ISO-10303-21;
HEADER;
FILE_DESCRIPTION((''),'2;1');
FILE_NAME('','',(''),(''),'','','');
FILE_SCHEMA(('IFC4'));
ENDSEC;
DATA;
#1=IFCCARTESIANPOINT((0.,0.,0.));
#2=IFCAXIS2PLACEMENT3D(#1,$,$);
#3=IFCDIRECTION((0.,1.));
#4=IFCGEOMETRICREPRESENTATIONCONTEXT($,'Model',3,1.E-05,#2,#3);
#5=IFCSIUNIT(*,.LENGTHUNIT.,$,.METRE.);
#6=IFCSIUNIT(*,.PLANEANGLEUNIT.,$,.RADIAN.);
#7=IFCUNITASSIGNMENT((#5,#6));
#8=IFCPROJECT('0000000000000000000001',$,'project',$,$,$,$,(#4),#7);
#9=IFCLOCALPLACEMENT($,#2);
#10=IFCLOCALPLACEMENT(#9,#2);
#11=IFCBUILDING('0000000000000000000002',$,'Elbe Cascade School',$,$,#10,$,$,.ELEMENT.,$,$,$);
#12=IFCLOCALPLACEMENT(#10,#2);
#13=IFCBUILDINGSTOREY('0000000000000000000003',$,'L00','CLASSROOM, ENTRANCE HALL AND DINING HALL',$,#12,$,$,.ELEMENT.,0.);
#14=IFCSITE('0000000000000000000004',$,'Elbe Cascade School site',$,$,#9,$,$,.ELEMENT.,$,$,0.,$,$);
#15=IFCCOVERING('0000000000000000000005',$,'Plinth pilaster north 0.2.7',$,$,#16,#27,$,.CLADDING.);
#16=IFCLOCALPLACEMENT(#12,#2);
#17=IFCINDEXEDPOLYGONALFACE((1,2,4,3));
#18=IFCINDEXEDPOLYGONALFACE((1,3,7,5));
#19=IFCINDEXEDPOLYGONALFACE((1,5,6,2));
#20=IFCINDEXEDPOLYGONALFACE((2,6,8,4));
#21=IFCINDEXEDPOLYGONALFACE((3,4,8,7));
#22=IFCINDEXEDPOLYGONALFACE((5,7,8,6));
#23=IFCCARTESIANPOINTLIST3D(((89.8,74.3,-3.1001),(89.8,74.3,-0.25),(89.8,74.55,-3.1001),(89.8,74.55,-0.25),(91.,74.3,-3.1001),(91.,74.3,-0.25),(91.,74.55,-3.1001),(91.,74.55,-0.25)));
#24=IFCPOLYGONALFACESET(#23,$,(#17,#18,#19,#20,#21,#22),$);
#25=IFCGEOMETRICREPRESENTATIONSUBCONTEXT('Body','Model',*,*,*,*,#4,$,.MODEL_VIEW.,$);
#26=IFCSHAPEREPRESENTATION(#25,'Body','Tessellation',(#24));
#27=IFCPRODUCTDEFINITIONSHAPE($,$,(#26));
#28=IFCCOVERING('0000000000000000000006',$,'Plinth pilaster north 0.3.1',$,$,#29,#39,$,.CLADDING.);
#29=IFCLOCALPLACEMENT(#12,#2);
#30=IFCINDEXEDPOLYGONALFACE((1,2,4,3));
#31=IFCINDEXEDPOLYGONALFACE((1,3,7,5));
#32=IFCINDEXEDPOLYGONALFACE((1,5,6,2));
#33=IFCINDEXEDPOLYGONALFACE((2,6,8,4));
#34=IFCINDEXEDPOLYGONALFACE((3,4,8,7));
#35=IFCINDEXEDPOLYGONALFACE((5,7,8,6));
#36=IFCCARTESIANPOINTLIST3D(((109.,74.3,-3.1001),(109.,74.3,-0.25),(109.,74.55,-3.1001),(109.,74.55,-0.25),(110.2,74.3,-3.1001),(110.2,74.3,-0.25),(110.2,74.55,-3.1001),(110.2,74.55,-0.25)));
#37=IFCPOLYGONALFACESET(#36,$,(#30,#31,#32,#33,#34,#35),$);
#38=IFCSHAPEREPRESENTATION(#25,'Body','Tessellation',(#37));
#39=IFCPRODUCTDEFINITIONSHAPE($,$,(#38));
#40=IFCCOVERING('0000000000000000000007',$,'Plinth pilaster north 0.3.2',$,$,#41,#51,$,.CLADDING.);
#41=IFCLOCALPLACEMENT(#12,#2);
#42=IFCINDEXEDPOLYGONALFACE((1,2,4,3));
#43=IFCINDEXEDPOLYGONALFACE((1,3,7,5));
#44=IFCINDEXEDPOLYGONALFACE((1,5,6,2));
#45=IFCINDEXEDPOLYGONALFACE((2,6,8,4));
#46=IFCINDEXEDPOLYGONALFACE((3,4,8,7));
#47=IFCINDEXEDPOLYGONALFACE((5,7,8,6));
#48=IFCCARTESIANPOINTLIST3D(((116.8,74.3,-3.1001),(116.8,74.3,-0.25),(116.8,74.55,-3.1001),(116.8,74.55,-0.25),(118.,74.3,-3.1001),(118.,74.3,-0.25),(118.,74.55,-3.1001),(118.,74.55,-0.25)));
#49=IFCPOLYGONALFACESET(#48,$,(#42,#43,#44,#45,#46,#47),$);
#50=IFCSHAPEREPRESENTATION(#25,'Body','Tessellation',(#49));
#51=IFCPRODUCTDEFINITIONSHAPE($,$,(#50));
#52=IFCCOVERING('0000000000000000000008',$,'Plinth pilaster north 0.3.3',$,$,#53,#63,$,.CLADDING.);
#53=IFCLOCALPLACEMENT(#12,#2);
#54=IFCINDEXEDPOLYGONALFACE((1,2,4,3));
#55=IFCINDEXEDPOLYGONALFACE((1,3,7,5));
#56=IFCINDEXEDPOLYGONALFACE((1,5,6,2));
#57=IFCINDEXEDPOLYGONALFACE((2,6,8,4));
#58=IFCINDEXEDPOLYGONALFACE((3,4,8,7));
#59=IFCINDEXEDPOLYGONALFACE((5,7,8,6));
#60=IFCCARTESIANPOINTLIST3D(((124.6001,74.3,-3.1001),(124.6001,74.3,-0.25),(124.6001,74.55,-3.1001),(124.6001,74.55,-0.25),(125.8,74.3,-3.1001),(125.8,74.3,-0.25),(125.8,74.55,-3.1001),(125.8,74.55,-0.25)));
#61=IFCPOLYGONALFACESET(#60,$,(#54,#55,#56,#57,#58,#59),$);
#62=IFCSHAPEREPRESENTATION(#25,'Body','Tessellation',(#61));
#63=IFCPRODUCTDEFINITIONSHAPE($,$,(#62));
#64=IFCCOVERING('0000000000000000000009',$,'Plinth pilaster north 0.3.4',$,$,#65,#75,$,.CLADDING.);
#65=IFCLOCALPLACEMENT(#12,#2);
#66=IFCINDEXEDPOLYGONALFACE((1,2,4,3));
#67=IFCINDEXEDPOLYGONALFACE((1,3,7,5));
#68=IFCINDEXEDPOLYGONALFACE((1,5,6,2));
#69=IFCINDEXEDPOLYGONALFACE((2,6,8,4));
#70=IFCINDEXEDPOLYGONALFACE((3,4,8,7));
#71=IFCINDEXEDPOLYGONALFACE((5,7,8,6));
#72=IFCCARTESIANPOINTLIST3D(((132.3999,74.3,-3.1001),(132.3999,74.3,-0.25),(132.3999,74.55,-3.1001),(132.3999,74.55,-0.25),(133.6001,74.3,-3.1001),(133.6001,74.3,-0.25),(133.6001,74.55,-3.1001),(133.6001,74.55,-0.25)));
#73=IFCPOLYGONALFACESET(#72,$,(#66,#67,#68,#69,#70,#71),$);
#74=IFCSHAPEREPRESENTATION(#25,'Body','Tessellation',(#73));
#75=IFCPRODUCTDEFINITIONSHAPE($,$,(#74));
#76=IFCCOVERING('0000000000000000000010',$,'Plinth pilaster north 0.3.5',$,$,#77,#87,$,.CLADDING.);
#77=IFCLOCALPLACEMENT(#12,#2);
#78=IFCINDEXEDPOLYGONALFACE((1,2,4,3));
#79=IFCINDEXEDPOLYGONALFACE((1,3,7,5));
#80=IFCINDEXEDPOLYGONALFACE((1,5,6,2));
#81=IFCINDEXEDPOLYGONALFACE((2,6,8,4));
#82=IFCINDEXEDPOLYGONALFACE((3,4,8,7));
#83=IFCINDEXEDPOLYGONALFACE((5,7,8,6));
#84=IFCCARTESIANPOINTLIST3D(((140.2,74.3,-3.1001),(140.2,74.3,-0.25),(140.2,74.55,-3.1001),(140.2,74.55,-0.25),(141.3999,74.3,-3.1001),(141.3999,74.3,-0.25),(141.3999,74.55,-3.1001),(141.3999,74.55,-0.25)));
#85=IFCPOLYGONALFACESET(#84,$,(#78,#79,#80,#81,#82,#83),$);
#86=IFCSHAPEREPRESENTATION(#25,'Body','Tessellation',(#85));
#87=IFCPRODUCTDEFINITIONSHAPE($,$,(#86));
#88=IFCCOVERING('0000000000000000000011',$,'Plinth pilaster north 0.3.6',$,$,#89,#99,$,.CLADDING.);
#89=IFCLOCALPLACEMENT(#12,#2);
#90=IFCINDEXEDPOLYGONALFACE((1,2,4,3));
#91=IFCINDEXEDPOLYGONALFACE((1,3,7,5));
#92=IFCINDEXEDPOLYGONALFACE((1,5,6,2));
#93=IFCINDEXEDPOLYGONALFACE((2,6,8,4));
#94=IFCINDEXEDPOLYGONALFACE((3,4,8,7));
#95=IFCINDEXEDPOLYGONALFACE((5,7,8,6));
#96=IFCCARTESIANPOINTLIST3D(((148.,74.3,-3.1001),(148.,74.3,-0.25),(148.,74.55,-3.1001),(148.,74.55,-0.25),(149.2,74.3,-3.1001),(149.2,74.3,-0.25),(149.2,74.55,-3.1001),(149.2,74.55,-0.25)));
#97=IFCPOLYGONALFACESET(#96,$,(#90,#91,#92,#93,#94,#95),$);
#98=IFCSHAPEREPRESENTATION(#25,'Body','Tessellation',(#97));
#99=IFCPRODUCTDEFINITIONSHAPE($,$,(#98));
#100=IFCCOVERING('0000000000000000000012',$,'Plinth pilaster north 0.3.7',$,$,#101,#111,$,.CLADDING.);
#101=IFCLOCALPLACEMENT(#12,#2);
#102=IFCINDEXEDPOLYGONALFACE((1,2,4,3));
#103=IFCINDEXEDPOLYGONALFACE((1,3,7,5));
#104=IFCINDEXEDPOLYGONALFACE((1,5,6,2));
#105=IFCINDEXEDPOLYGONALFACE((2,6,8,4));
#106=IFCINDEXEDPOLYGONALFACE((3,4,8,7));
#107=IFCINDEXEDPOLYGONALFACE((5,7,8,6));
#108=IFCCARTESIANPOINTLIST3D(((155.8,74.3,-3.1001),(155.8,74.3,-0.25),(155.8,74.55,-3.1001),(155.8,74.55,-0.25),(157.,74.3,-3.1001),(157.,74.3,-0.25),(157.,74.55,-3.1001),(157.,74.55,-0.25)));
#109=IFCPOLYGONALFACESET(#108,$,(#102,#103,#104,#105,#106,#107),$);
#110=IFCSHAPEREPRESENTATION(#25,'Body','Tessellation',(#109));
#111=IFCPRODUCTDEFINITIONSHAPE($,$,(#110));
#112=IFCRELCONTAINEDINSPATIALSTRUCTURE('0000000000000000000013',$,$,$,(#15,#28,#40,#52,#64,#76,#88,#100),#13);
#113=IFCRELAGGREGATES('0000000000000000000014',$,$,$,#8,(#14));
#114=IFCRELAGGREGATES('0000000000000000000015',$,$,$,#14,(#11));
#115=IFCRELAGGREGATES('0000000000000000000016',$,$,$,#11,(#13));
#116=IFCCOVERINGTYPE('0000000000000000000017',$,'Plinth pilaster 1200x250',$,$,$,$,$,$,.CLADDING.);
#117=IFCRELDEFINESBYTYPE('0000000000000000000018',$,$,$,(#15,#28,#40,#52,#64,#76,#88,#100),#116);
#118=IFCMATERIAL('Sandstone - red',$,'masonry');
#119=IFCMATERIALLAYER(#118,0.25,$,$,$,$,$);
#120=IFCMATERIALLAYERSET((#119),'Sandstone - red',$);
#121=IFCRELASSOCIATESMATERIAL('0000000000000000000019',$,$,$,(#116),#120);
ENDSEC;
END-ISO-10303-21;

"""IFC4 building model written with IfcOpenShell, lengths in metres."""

from ifc_helpers import new_model, si_unit, direction, frame, origin, place, context, subcontext, project, spatial, polyline, outline, extrude, material, layer, layer_set, type_object, element, save


model = new_model("IFC4")

# Units and contexts
model_context = context("Model", 3, precision=1e-05, world=origin(), true_north=direction((0.0, 1.0)))
body_context = subcontext(model_context, "Body", "Model", "MODEL_VIEW")
ifc_project = project(units=[si_unit("LENGTHUNIT", "METRE"), si_unit("PLANEANGLEUNIT", "RADIAN")], contexts=[model_context])

# Site, building, storey
site_placement = place(None, origin())
site = spatial("IfcSite", under=ifc_project, at=site_placement, Name="Elbe Cascade School site", CompositionType="ELEMENT", RefElevation=0.0)
building_placement = place(site_placement, origin())
building = spatial("IfcBuilding", under=site, at=building_placement, Name="Elbe Cascade School", CompositionType="ELEMENT")
storey_placement = place(building_placement, origin())
storey = spatial("IfcBuildingStorey", under=building, at=storey_placement, Name="L00", Description="CLASSROOM, ENTRANCE HALL AND DINING HALL", CompositionType="ELEMENT", Elevation=0.0)

# Coverings
ifc_material_1 = material(Name="Sandstone - red", Category="masonry")
ifc_layer_1 = layer(ifc_material_1, 0.25)
ifc_layer_set_1 = layer_set([ifc_layer_1], Name="Sandstone - red")
covering_type_1 = type_object("IfcCoveringType", Name="Plinth pilaster 1200x250", PredefinedType="CLADDING", material=ifc_layer_set_1)
covering_1_placement = place(storey_placement, frame((0.0, 0.0, -3.1001)))
element("IfcCovering", 1, at=covering_1_placement, inside=storey, type_object=covering_type_1, Name="Plinth pilaster north 0.2.7", PredefinedType="CLADDING", context=body_context, shape_type="SweptSolid", body=[
    extrude(outline(polyline([(89.8, 74.3), (91.0, 74.3), (91.0, 74.55), (89.8, 74.55), (89.8, 74.3)])), origin(), (0.0, 0.0, 1.0), 2.8501),
])
covering_2_placement = place(storey_placement, frame((0.0, 0.0, -3.1001)))
element("IfcCovering", 2, at=covering_2_placement, inside=storey, type_object=covering_type_1, Name="Plinth pilaster north 0.3.1", PredefinedType="CLADDING", context=body_context, shape_type="SweptSolid", body=[
    extrude(outline(polyline([(109.0, 74.3), (110.2, 74.3), (110.2, 74.55), (109.0, 74.55), (109.0, 74.3)])), origin(), (0.0, 0.0, 1.0), 2.8501),
])
covering_3_placement = place(storey_placement, frame((0.0, 0.0, -3.1001)))
element("IfcCovering", 3, at=covering_3_placement, inside=storey, type_object=covering_type_1, Name="Plinth pilaster north 0.3.2", PredefinedType="CLADDING", context=body_context, shape_type="SweptSolid", body=[
    extrude(outline(polyline([(116.8, 74.3), (118.0, 74.3), (118.0, 74.55), (116.8, 74.55), (116.8, 74.3)])), origin(), (0.0, 0.0, 1.0), 2.8501),
])
covering_4_placement = place(storey_placement, frame((0.0, 0.0, -3.1001)))
element("IfcCovering", 4, at=covering_4_placement, inside=storey, type_object=covering_type_1, Name="Plinth pilaster north 0.3.3", PredefinedType="CLADDING", context=body_context, shape_type="SweptSolid", body=[
    extrude(outline(polyline([(124.6001, 74.3), (125.8, 74.3), (125.8, 74.55), (124.6001, 74.55), (124.6001, 74.3)])), origin(), (0.0, 0.0, 1.0), 2.8501),
])
covering_5_placement = place(storey_placement, frame((0.0, 0.0, -3.1001)))
element("IfcCovering", 5, at=covering_5_placement, inside=storey, type_object=covering_type_1, Name="Plinth pilaster north 0.3.4", PredefinedType="CLADDING", context=body_context, shape_type="SweptSolid", body=[
    extrude(outline(polyline([(132.3999, 74.3), (133.6001, 74.3), (133.6001, 74.55), (132.3999, 74.55), (132.3999, 74.3)])), origin(), (0.0, 0.0, 1.0), 2.8501),
])
covering_6_placement = place(storey_placement, frame((0.0, 0.0, -3.1001)))
element("IfcCovering", 6, at=covering_6_placement, inside=storey, type_object=covering_type_1, Name="Plinth pilaster north 0.3.5", PredefinedType="CLADDING", context=body_context, shape_type="SweptSolid", body=[
    extrude(outline(polyline([(140.2, 74.3), (141.3999, 74.3), (141.3999, 74.55), (140.2, 74.55), (140.2, 74.3)])), origin(), (0.0, 0.0, 1.0), 2.8501),
])
covering_7_placement = place(storey_placement, frame((0.0, 0.0, -3.1001)))
element("IfcCovering", 7, at=covering_7_placement, inside=storey, type_object=covering_type_1, Name="Plinth pilaster north 0.3.6", PredefinedType="CLADDING", context=body_context, shape_type="SweptSolid", body=[
    extrude(outline(polyline([(148.0, 74.3), (149.2, 74.3), (149.2, 74.55), (148.0, 74.55), (148.0, 74.3)])), origin(), (0.0, 0.0, 1.0), 2.8501),
])
covering_8_placement = place(storey_placement, frame((0.0, 0.0, -3.1001)))
element("IfcCovering", 8, at=covering_8_placement, inside=storey, type_object=covering_type_1, Name="Plinth pilaster north 0.3.7", PredefinedType="CLADDING", context=body_context, shape_type="SweptSolid", body=[
    extrude(outline(polyline([(155.8, 74.3), (157.0, 74.3), (157.0, 74.55), (155.8, 74.55), (155.8, 74.3)])), origin(), (0.0, 0.0, 1.0), 2.8501),
])

save(model, "model.ifc")
